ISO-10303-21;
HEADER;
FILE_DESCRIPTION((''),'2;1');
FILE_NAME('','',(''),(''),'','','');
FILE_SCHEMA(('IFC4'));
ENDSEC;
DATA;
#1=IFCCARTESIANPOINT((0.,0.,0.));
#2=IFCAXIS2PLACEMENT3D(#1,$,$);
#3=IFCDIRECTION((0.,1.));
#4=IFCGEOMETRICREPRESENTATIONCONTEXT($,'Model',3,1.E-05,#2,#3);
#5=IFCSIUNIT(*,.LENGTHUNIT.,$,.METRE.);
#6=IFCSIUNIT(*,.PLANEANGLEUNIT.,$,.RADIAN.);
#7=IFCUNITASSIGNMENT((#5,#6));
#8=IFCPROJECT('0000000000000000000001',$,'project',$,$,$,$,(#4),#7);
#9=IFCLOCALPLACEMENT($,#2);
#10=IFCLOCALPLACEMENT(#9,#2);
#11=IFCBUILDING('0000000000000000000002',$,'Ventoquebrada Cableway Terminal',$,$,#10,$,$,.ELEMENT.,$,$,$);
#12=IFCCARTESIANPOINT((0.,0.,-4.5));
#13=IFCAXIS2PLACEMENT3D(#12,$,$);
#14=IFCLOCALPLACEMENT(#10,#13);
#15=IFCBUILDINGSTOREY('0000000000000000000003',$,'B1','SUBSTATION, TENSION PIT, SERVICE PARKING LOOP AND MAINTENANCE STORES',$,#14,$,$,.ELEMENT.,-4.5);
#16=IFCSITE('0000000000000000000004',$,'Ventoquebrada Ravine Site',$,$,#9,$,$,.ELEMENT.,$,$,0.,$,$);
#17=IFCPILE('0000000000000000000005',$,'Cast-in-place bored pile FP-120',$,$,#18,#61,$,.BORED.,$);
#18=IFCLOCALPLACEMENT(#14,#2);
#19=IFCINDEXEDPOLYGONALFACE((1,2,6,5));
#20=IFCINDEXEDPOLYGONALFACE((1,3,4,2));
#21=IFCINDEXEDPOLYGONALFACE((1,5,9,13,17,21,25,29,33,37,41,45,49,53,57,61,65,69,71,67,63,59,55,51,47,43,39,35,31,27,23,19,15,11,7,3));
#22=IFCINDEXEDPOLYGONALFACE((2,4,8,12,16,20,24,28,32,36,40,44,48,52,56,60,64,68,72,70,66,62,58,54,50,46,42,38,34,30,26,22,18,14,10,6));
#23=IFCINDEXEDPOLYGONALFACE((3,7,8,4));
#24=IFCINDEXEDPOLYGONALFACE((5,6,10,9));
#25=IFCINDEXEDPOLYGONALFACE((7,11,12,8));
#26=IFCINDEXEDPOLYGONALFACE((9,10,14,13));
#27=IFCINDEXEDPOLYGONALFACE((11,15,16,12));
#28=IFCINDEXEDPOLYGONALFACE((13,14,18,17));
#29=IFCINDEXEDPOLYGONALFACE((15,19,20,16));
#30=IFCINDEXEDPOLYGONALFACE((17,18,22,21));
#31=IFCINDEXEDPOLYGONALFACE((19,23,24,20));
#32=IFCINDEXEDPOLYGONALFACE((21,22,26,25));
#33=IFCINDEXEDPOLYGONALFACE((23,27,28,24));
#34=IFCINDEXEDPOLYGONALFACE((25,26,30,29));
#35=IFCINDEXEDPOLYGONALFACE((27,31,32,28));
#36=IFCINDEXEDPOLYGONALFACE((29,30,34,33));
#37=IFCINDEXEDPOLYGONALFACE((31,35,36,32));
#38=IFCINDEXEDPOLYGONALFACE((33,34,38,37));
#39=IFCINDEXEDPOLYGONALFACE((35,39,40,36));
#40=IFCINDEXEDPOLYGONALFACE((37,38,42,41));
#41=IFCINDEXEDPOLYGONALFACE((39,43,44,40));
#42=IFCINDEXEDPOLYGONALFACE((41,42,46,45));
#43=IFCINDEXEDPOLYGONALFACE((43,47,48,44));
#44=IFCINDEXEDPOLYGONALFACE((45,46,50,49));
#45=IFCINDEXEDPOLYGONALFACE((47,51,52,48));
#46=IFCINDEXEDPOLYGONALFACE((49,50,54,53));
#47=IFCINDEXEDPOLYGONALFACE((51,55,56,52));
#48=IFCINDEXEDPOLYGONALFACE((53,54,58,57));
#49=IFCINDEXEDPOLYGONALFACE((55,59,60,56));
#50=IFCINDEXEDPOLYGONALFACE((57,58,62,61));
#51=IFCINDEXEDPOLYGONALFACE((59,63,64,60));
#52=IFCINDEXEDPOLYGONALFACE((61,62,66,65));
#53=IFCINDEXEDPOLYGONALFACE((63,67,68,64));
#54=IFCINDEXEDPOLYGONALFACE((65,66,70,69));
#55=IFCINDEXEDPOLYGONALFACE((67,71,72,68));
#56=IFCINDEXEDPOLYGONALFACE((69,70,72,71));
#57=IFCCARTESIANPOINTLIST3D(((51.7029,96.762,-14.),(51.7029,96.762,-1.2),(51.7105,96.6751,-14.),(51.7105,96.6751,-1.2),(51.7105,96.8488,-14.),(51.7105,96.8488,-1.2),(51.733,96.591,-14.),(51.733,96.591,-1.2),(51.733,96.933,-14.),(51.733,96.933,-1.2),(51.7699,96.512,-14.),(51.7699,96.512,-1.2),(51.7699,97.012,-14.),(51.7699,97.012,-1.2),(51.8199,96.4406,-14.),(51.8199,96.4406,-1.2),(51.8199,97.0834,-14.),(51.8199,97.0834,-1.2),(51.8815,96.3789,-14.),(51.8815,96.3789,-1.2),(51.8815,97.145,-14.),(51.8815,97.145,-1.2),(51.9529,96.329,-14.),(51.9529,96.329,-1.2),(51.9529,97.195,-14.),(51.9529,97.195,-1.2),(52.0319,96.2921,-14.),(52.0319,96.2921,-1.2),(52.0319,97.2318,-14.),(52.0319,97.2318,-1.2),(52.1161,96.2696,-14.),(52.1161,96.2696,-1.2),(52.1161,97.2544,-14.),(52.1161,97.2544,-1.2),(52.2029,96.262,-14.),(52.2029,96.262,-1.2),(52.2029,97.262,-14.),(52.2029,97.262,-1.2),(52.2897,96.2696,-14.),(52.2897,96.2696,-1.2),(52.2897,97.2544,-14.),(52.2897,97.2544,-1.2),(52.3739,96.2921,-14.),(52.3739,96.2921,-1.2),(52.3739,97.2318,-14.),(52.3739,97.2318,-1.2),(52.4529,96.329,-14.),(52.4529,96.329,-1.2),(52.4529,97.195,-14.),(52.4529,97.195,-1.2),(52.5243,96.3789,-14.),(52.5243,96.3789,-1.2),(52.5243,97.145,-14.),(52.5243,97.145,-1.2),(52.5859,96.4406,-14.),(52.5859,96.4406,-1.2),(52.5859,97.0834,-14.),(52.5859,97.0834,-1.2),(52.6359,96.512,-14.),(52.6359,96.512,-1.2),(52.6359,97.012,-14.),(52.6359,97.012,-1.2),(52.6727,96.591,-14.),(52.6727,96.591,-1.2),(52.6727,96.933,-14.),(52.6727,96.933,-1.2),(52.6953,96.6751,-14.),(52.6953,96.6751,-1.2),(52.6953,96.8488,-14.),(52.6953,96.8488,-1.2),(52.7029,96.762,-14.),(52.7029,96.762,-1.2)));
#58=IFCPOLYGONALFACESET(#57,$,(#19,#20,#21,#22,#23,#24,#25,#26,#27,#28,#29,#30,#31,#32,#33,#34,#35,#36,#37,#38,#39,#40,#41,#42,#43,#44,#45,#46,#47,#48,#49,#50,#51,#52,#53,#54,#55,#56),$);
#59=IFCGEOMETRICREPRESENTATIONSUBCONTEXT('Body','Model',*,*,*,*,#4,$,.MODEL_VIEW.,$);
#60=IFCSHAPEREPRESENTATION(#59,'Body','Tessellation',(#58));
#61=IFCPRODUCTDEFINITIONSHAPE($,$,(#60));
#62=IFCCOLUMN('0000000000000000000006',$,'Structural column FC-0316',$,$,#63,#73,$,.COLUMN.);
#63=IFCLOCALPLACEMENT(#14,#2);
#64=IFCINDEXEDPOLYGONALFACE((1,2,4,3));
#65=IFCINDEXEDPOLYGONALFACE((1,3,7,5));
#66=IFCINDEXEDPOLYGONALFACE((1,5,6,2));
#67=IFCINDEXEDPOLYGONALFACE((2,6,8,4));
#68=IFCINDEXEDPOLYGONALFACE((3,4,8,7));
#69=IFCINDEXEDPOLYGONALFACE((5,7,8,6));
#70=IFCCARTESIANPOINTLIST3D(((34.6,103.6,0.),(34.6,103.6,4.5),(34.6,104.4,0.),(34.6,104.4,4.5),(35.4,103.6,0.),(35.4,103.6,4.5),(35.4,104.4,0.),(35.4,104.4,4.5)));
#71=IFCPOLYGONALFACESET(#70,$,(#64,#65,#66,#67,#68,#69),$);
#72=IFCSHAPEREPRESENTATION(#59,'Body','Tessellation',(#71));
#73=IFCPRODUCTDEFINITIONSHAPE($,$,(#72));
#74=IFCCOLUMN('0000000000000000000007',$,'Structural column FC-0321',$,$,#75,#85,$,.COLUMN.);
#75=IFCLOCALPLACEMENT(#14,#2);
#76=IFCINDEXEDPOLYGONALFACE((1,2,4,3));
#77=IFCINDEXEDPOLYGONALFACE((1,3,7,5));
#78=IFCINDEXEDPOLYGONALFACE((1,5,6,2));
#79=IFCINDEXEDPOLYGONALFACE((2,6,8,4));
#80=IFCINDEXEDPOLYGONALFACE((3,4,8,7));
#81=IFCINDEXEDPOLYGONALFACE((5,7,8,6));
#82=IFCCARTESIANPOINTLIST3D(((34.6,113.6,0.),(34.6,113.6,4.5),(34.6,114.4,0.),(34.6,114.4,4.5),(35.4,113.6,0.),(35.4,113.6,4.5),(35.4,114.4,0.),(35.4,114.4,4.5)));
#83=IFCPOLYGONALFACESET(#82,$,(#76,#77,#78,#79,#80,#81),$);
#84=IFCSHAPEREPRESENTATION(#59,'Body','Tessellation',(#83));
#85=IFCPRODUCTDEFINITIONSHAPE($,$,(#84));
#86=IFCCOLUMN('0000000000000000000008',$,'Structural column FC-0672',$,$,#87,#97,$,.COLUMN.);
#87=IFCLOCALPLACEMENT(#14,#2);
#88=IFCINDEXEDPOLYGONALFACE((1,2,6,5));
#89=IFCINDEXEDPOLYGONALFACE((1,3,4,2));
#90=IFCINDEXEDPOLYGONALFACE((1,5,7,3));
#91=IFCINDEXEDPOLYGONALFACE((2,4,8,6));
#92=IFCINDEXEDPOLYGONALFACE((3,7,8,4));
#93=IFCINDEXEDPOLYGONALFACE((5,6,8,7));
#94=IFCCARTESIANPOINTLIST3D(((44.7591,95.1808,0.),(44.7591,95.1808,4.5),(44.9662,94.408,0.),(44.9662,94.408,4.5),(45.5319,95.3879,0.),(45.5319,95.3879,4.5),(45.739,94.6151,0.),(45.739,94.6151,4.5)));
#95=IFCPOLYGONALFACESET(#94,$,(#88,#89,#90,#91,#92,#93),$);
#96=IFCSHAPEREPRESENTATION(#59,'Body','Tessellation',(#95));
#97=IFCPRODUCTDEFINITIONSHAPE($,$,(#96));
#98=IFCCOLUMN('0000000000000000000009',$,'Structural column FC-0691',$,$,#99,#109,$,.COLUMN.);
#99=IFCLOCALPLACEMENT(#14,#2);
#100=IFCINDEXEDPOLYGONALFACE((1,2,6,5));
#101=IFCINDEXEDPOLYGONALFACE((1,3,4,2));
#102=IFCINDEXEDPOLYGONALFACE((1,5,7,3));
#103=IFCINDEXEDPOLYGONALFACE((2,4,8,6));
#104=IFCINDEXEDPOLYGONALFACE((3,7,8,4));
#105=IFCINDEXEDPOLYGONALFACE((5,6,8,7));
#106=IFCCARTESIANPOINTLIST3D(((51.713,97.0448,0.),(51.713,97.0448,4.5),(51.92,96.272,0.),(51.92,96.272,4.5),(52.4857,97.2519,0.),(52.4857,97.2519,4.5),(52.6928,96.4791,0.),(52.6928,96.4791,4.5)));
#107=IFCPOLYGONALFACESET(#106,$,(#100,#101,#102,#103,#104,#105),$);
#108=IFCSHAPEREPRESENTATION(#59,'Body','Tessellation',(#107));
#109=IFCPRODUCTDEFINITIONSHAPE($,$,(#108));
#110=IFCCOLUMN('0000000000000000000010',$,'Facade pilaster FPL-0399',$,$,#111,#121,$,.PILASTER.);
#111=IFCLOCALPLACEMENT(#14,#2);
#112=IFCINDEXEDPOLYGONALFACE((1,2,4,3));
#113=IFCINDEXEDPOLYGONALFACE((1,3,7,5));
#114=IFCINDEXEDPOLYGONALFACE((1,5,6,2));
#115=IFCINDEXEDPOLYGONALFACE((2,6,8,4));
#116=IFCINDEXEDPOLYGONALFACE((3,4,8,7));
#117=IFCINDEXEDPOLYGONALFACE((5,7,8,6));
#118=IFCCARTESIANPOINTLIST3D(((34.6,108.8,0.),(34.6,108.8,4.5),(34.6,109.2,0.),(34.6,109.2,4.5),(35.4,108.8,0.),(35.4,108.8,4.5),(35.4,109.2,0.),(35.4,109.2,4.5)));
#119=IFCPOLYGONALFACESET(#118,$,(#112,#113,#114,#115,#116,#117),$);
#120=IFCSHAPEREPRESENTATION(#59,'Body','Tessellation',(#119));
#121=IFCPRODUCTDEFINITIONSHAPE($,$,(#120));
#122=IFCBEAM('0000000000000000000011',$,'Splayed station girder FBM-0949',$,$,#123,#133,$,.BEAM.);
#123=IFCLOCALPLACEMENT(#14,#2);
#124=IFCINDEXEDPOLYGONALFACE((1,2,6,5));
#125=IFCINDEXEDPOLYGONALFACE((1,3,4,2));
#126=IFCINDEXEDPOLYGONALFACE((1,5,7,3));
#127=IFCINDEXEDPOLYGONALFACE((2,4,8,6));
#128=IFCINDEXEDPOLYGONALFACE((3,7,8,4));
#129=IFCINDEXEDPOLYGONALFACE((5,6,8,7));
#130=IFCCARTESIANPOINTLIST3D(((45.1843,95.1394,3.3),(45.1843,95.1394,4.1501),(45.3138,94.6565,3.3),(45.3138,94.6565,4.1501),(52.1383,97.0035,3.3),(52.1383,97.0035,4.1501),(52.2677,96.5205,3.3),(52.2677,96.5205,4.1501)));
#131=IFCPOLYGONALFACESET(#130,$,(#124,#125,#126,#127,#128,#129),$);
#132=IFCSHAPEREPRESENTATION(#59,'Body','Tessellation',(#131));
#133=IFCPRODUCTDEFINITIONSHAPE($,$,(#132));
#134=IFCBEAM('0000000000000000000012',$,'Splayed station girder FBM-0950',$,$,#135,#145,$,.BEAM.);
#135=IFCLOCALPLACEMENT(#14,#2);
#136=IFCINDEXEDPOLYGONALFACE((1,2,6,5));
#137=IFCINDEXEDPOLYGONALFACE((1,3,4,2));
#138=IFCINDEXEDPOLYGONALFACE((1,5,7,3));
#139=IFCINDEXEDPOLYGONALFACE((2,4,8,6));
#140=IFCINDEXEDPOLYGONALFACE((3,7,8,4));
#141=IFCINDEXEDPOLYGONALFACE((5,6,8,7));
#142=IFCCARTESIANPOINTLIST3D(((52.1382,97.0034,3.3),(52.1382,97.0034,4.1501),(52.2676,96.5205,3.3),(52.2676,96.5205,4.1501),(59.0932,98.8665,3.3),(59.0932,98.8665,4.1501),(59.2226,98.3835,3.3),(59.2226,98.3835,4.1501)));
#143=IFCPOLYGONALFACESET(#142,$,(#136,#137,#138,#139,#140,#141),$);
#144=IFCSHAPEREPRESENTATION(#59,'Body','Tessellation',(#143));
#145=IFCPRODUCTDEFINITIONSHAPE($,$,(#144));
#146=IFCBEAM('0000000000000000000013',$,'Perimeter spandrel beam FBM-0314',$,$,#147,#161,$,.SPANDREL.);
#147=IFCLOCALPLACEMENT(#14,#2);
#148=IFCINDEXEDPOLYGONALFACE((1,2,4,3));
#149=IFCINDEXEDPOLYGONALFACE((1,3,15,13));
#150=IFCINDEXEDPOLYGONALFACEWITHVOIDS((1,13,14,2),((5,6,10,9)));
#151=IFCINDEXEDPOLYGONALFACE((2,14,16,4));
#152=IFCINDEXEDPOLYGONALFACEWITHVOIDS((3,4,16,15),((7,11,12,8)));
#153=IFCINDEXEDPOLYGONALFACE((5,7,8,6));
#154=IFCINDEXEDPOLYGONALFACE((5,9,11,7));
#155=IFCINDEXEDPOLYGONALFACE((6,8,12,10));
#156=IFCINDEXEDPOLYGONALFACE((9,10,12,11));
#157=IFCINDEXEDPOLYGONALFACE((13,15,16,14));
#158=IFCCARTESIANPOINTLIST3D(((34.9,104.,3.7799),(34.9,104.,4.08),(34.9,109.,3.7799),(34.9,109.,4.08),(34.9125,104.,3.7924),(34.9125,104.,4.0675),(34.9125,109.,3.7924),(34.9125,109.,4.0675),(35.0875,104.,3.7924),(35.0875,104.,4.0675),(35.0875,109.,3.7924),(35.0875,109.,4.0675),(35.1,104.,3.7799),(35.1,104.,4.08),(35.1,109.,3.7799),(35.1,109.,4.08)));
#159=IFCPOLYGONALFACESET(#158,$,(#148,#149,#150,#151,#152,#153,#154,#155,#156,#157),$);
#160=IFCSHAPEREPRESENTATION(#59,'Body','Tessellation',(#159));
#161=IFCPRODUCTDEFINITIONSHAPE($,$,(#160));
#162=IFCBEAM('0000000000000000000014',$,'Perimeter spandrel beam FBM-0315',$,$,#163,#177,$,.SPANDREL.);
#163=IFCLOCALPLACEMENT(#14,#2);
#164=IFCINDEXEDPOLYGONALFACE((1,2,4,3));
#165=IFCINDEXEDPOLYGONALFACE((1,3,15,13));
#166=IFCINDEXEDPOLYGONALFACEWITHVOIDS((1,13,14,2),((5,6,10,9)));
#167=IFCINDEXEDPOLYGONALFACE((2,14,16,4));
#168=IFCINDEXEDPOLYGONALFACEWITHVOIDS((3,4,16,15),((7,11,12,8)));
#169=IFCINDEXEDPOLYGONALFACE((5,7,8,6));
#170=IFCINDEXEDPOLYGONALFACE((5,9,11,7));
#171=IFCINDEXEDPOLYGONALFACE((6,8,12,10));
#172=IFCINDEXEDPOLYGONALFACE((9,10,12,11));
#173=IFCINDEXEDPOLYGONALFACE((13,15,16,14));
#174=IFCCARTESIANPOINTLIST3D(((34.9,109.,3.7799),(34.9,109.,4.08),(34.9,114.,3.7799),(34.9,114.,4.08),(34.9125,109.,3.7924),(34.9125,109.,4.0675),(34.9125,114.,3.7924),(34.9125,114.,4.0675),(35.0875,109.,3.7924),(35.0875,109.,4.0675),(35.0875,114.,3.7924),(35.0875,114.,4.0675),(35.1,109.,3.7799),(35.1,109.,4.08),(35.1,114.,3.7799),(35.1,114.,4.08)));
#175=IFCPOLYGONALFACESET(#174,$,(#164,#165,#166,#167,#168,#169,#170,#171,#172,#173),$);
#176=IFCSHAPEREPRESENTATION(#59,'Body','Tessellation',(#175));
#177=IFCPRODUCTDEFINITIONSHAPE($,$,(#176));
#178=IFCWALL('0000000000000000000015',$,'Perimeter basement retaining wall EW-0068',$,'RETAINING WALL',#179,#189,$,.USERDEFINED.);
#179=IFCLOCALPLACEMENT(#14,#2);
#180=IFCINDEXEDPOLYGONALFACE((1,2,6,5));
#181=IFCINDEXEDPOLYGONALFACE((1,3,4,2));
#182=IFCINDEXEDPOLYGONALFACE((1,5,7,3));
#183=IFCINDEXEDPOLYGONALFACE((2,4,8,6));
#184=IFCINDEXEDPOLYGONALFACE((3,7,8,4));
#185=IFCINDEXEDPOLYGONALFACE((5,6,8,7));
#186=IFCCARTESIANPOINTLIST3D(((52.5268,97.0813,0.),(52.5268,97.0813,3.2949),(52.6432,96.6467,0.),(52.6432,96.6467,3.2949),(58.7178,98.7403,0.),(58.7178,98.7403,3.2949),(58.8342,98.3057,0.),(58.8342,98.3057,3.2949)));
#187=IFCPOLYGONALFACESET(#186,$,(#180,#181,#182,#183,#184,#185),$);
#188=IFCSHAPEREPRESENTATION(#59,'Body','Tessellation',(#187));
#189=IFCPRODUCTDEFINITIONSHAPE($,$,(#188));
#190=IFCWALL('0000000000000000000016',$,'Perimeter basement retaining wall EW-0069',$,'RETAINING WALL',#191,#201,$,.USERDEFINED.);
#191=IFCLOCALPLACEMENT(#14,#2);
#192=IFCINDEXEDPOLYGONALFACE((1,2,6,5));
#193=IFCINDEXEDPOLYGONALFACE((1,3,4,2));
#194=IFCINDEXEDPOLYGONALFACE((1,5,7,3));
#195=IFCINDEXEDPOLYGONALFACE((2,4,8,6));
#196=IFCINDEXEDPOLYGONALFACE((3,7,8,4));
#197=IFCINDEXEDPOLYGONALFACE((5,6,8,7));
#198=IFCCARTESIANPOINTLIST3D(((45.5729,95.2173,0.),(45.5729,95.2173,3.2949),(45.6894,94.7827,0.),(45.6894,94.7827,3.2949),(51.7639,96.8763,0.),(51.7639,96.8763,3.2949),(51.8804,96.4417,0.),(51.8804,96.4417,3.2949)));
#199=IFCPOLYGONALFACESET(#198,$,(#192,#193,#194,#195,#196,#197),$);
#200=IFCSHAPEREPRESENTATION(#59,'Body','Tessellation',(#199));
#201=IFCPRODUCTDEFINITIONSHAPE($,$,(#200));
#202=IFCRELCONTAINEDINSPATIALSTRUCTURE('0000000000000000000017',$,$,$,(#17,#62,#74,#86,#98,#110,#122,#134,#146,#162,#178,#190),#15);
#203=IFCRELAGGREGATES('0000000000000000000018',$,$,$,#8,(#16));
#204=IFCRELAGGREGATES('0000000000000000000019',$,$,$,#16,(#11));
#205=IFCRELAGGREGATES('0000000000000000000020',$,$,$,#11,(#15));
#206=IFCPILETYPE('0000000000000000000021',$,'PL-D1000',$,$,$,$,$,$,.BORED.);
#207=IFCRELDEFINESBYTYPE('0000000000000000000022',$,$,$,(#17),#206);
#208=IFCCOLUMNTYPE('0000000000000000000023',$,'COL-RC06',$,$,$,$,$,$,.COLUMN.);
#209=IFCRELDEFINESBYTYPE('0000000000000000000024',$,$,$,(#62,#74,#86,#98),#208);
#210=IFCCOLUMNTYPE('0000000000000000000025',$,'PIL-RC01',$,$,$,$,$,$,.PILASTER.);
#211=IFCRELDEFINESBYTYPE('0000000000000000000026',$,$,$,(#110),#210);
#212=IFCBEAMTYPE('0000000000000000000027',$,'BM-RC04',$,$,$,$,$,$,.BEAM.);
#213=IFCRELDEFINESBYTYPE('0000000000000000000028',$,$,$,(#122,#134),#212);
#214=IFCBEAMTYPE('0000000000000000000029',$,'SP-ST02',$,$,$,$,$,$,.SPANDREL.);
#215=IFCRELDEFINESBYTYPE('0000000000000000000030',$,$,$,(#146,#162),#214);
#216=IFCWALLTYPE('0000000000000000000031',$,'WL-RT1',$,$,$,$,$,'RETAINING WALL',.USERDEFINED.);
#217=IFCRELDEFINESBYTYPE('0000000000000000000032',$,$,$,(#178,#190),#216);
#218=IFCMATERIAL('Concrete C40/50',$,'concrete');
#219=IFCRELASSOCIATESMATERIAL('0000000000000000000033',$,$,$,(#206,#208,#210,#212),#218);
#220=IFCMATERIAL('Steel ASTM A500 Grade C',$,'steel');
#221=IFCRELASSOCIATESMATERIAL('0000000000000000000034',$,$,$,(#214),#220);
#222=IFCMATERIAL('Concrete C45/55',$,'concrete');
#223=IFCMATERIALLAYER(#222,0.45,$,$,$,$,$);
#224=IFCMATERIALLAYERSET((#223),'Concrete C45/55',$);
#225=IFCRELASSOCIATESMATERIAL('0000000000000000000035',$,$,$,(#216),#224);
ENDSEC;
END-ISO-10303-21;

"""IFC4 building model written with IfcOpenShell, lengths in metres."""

from ifc_helpers import new_model, si_unit, direction, frame, frame_2d, origin, origin_2d, place, context, subcontext, project, spatial, rectangle, hollow_rectangle, circle, extrude, material, layer, layer_set, material_profile, profile_set, type_object, element, save


model = new_model("IFC4")

# Units and contexts
model_context = context("Model", 3, precision=1e-05, world=origin(), true_north=direction((0.0, 1.0)))
body_context = subcontext(model_context, "Body", "Model", "MODEL_VIEW")
ifc_project = project(units=[si_unit("LENGTHUNIT", "METRE"), si_unit("PLANEANGLEUNIT", "RADIAN")], contexts=[model_context])

# Site, building, storey
site_placement = place(None, origin())
site = spatial("IfcSite", under=ifc_project, at=site_placement, Name="Ventoquebrada Ravine Site", CompositionType="ELEMENT", RefElevation=0.0)
building_placement = place(site_placement, origin())
building = spatial("IfcBuilding", under=site, at=building_placement, Name="Ventoquebrada Cableway Terminal", CompositionType="ELEMENT")
storey_placement = place(building_placement, frame((0.0, 0.0, -4.5)))
storey = spatial("IfcBuildingStorey", under=building, at=storey_placement, Name="B1", Description="SUBSTATION, TENSION PIT, SERVICE PARKING LOOP AND MAINTENANCE STORES", CompositionType="ELEMENT", Elevation=-4.5)

# Shared definitions
ifc_material_1 = material(Name="Concrete C40/50", Category="concrete")

# Pile
ifc_material_profile_1 = material_profile(ifc_material_1, circle(Radius=0.5, at=origin_2d()), Name="PILE-D1000")
ifc_profile_set_1 = profile_set([ifc_material_profile_1], Name="Concrete C40/50")
pile_type = type_object("IfcPileType", Name="PL-D1000", PredefinedType="BORED", material=ifc_profile_set_1)
pile_1_placement = place(storey_placement, frame((52.2029, 96.762, -1.2), z_axis=(0.0, 0.0, -1.0), x_axis=(1.0, 0.0, 0.0)))
element("IfcPile", 1, at=pile_1_placement, inside=storey, type_object=pile_type, Name="Cast-in-place bored pile FP-120", PredefinedType="BORED", context=body_context, shape_type="SweptSolid", body=[
    extrude(circle(Radius=0.5, at=origin_2d()), origin(), (0.0, 0.0, 1.0), 12.8),
])

# Columns
ifc_material_profile_2 = material_profile(ifc_material_1, rectangle(XDim=0.8, YDim=0.8, at=origin_2d()), Name="RC-COL-800X800")
ifc_profile_set_2 = profile_set([ifc_material_profile_2], Name="Concrete C40/50")
column_type_1 = type_object("IfcColumnType", Name="COL-RC06", PredefinedType="COLUMN", material=ifc_profile_set_2)
for number, where, z_axis, x_axis, name in (
    (2, (35.0, 104.0, 0.0), (0.0, 0.0, 1.0), (1.0, 0.0, 0.0), "Structural column FC-0316"),
    (3, (35.0, 114.0, 0.0), (0.0, 0.0, 1.0), (1.0, 0.0, 0.0), "Structural column FC-0321"),
    (4, (45.249, 94.8979, 0.0), (0.0, 0.0, 1.0), (0.965926, 0.258819, 0.0), "Structural column FC-0672"),
    (5, (52.2029, 96.762, 0.0), (0.0, 0.0, 1.0), (0.965926, 0.258819, 0.0), "Structural column FC-0691"),
):
    element("IfcColumn", number, at=place(storey_placement, frame(where, z_axis=z_axis, x_axis=x_axis)), inside=storey, type_object=column_type_1, Name=name, PredefinedType="COLUMN", context=body_context, shape_type="SweptSolid", body=[
        extrude(rectangle(XDim=0.8, YDim=0.8, at=origin_2d()), origin(), (0.0, 0.0, 1.0), 4.5),
    ])
ifc_material_profile_3 = material_profile(ifc_material_1, rectangle(XDim=0.3999, YDim=0.8, at=origin_2d()), Name="RC-PIL-400X800")
ifc_profile_set_3 = profile_set([ifc_material_profile_3], Name="Concrete C40/50")
column_type_2 = type_object("IfcColumnType", Name="PIL-RC01", PredefinedType="PILASTER", material=ifc_profile_set_3)
column_placement = place(storey_placement, frame((35.0, 109.0, 0.0), z_axis=(0.0, 0.0, 1.0), x_axis=(0.0, 1.0, 0.0)))
element("IfcColumn", 6, at=column_placement, inside=storey, type_object=column_type_2, Name="Facade pilaster FPL-0399", PredefinedType="PILASTER", context=body_context, shape_type="SweptSolid", body=[
    extrude(rectangle(XDim=0.3999, YDim=0.8, at=origin_2d()), origin(), (0.0, 0.0, 1.0), 4.5),
])

# Beams
ifc_material_profile_4 = material_profile(ifc_material_1, rectangle(XDim=0.5, YDim=0.8501, at=origin_2d()), Name="RC-BM-500X850")
ifc_profile_set_4 = profile_set([ifc_material_profile_4], Name="Concrete C40/50")
beam_type_1 = type_object("IfcBeamType", Name="BM-RC04", PredefinedType="BEAM", material=ifc_profile_set_4)
beam_1_placement = place(storey_placement, frame((45.249, 94.8979, 3.7251), z_axis=(0.9659, 0.258914, 0.0), x_axis=(-0.258914, 0.9659, 0.0)))
element("IfcBeam", 7, at=beam_1_placement, inside=storey, type_object=beam_type_1, Name="Splayed station girder FBM-0949", PredefinedType="BEAM", context=body_context, shape_type="SweptSolid", body=[
    extrude(rectangle(XDim=0.5, YDim=0.8501, at=origin_2d()), origin(), (0.0, 0.0, 1.0), 7.1995),
])
beam_2_placement = place(storey_placement, frame((52.2029, 96.762, 3.7251), z_axis=(0.965946, 0.258745, 0.0), x_axis=(-0.258745, 0.965946, 0.0)))
element("IfcBeam", 8, at=beam_2_placement, inside=storey, type_object=beam_type_1, Name="Splayed station girder FBM-0950", PredefinedType="BEAM", context=body_context, shape_type="SweptSolid", body=[
    extrude(rectangle(XDim=0.5, YDim=0.8501, at=origin_2d()), origin(), (0.0, 0.0, 1.0), 7.2002),
])
ifc_material_2 = material(Name="Steel ASTM A500 Grade C", Category="steel")
ifc_material_profile_5 = material_profile(ifc_material_2, hollow_rectangle(XDim=0.2, YDim=0.3, WallThickness=0.0125, at=origin_2d()), Name="RHS300X200X12.5")
ifc_profile_set_5 = profile_set([ifc_material_profile_5], Name="Steel ASTM A500 Grade C")
beam_type_2 = type_object("IfcBeamType", Name="SP-ST02", PredefinedType="SPANDREL", material=ifc_profile_set_5)
for number, where, z_axis, x_axis, name in (
    (9, (35.0, 104.0, 3.9299), (0.0, 1.0, 0.0), (-1.0, 0.0, 0.0), "Perimeter spandrel beam FBM-0314"),
    (10, (35.0, 109.0, 3.9299), (0.0, 1.0, 0.0), (-1.0, 0.0, 0.0), "Perimeter spandrel beam FBM-0315"),
):
    element("IfcBeam", number, at=place(storey_placement, frame(where, z_axis=z_axis, x_axis=x_axis)), inside=storey, type_object=beam_type_2, Name=name, PredefinedType="SPANDREL", context=body_context, shape_type="SweptSolid", body=[
        extrude(hollow_rectangle(XDim=0.2, YDim=0.3, WallThickness=0.0125, at=origin_2d()), origin(), (0.0, 0.0, 1.0), 5.0),
    ])

# Walls
ifc_material_3 = material(Name="Concrete C45/55", Category="concrete")
ifc_layer = layer(ifc_material_3, 0.45)
ifc_layer_set = layer_set([ifc_layer], Name="Concrete C45/55")
wall_type = type_object("IfcWallType", Name="WL-RT1", ElementType="RETAINING WALL", PredefinedType="USERDEFINED", material=ifc_layer_set)
for number, where, z_axis, x_axis, name in (
    (11, (58.7759, 98.5229, 0.0), (0.0, 0.0, 1.0), (-0.965923, -0.258831, 0.0), "Perimeter basement retaining wall EW-0068"),
    (12, (51.822, 96.6589, 0.0), (0.0, 0.0, 1.0), (-0.965923, -0.258831, 0.0), "Perimeter basement retaining wall EW-0069"),
):
    element("IfcWall", number, at=place(storey_placement, frame(where, z_axis=z_axis, x_axis=x_axis)), inside=storey, type_object=wall_type, Name=name, ObjectType="RETAINING WALL", PredefinedType="USERDEFINED", context=body_context, shape_type="SweptSolid", body=[
        extrude(rectangle(XDim=6.4094, YDim=0.45, at=frame_2d((3.2046, 0.0))), origin(), (0.0, 0.0, 1.0), 3.2949),
    ])

save(model, "model.ifc")
